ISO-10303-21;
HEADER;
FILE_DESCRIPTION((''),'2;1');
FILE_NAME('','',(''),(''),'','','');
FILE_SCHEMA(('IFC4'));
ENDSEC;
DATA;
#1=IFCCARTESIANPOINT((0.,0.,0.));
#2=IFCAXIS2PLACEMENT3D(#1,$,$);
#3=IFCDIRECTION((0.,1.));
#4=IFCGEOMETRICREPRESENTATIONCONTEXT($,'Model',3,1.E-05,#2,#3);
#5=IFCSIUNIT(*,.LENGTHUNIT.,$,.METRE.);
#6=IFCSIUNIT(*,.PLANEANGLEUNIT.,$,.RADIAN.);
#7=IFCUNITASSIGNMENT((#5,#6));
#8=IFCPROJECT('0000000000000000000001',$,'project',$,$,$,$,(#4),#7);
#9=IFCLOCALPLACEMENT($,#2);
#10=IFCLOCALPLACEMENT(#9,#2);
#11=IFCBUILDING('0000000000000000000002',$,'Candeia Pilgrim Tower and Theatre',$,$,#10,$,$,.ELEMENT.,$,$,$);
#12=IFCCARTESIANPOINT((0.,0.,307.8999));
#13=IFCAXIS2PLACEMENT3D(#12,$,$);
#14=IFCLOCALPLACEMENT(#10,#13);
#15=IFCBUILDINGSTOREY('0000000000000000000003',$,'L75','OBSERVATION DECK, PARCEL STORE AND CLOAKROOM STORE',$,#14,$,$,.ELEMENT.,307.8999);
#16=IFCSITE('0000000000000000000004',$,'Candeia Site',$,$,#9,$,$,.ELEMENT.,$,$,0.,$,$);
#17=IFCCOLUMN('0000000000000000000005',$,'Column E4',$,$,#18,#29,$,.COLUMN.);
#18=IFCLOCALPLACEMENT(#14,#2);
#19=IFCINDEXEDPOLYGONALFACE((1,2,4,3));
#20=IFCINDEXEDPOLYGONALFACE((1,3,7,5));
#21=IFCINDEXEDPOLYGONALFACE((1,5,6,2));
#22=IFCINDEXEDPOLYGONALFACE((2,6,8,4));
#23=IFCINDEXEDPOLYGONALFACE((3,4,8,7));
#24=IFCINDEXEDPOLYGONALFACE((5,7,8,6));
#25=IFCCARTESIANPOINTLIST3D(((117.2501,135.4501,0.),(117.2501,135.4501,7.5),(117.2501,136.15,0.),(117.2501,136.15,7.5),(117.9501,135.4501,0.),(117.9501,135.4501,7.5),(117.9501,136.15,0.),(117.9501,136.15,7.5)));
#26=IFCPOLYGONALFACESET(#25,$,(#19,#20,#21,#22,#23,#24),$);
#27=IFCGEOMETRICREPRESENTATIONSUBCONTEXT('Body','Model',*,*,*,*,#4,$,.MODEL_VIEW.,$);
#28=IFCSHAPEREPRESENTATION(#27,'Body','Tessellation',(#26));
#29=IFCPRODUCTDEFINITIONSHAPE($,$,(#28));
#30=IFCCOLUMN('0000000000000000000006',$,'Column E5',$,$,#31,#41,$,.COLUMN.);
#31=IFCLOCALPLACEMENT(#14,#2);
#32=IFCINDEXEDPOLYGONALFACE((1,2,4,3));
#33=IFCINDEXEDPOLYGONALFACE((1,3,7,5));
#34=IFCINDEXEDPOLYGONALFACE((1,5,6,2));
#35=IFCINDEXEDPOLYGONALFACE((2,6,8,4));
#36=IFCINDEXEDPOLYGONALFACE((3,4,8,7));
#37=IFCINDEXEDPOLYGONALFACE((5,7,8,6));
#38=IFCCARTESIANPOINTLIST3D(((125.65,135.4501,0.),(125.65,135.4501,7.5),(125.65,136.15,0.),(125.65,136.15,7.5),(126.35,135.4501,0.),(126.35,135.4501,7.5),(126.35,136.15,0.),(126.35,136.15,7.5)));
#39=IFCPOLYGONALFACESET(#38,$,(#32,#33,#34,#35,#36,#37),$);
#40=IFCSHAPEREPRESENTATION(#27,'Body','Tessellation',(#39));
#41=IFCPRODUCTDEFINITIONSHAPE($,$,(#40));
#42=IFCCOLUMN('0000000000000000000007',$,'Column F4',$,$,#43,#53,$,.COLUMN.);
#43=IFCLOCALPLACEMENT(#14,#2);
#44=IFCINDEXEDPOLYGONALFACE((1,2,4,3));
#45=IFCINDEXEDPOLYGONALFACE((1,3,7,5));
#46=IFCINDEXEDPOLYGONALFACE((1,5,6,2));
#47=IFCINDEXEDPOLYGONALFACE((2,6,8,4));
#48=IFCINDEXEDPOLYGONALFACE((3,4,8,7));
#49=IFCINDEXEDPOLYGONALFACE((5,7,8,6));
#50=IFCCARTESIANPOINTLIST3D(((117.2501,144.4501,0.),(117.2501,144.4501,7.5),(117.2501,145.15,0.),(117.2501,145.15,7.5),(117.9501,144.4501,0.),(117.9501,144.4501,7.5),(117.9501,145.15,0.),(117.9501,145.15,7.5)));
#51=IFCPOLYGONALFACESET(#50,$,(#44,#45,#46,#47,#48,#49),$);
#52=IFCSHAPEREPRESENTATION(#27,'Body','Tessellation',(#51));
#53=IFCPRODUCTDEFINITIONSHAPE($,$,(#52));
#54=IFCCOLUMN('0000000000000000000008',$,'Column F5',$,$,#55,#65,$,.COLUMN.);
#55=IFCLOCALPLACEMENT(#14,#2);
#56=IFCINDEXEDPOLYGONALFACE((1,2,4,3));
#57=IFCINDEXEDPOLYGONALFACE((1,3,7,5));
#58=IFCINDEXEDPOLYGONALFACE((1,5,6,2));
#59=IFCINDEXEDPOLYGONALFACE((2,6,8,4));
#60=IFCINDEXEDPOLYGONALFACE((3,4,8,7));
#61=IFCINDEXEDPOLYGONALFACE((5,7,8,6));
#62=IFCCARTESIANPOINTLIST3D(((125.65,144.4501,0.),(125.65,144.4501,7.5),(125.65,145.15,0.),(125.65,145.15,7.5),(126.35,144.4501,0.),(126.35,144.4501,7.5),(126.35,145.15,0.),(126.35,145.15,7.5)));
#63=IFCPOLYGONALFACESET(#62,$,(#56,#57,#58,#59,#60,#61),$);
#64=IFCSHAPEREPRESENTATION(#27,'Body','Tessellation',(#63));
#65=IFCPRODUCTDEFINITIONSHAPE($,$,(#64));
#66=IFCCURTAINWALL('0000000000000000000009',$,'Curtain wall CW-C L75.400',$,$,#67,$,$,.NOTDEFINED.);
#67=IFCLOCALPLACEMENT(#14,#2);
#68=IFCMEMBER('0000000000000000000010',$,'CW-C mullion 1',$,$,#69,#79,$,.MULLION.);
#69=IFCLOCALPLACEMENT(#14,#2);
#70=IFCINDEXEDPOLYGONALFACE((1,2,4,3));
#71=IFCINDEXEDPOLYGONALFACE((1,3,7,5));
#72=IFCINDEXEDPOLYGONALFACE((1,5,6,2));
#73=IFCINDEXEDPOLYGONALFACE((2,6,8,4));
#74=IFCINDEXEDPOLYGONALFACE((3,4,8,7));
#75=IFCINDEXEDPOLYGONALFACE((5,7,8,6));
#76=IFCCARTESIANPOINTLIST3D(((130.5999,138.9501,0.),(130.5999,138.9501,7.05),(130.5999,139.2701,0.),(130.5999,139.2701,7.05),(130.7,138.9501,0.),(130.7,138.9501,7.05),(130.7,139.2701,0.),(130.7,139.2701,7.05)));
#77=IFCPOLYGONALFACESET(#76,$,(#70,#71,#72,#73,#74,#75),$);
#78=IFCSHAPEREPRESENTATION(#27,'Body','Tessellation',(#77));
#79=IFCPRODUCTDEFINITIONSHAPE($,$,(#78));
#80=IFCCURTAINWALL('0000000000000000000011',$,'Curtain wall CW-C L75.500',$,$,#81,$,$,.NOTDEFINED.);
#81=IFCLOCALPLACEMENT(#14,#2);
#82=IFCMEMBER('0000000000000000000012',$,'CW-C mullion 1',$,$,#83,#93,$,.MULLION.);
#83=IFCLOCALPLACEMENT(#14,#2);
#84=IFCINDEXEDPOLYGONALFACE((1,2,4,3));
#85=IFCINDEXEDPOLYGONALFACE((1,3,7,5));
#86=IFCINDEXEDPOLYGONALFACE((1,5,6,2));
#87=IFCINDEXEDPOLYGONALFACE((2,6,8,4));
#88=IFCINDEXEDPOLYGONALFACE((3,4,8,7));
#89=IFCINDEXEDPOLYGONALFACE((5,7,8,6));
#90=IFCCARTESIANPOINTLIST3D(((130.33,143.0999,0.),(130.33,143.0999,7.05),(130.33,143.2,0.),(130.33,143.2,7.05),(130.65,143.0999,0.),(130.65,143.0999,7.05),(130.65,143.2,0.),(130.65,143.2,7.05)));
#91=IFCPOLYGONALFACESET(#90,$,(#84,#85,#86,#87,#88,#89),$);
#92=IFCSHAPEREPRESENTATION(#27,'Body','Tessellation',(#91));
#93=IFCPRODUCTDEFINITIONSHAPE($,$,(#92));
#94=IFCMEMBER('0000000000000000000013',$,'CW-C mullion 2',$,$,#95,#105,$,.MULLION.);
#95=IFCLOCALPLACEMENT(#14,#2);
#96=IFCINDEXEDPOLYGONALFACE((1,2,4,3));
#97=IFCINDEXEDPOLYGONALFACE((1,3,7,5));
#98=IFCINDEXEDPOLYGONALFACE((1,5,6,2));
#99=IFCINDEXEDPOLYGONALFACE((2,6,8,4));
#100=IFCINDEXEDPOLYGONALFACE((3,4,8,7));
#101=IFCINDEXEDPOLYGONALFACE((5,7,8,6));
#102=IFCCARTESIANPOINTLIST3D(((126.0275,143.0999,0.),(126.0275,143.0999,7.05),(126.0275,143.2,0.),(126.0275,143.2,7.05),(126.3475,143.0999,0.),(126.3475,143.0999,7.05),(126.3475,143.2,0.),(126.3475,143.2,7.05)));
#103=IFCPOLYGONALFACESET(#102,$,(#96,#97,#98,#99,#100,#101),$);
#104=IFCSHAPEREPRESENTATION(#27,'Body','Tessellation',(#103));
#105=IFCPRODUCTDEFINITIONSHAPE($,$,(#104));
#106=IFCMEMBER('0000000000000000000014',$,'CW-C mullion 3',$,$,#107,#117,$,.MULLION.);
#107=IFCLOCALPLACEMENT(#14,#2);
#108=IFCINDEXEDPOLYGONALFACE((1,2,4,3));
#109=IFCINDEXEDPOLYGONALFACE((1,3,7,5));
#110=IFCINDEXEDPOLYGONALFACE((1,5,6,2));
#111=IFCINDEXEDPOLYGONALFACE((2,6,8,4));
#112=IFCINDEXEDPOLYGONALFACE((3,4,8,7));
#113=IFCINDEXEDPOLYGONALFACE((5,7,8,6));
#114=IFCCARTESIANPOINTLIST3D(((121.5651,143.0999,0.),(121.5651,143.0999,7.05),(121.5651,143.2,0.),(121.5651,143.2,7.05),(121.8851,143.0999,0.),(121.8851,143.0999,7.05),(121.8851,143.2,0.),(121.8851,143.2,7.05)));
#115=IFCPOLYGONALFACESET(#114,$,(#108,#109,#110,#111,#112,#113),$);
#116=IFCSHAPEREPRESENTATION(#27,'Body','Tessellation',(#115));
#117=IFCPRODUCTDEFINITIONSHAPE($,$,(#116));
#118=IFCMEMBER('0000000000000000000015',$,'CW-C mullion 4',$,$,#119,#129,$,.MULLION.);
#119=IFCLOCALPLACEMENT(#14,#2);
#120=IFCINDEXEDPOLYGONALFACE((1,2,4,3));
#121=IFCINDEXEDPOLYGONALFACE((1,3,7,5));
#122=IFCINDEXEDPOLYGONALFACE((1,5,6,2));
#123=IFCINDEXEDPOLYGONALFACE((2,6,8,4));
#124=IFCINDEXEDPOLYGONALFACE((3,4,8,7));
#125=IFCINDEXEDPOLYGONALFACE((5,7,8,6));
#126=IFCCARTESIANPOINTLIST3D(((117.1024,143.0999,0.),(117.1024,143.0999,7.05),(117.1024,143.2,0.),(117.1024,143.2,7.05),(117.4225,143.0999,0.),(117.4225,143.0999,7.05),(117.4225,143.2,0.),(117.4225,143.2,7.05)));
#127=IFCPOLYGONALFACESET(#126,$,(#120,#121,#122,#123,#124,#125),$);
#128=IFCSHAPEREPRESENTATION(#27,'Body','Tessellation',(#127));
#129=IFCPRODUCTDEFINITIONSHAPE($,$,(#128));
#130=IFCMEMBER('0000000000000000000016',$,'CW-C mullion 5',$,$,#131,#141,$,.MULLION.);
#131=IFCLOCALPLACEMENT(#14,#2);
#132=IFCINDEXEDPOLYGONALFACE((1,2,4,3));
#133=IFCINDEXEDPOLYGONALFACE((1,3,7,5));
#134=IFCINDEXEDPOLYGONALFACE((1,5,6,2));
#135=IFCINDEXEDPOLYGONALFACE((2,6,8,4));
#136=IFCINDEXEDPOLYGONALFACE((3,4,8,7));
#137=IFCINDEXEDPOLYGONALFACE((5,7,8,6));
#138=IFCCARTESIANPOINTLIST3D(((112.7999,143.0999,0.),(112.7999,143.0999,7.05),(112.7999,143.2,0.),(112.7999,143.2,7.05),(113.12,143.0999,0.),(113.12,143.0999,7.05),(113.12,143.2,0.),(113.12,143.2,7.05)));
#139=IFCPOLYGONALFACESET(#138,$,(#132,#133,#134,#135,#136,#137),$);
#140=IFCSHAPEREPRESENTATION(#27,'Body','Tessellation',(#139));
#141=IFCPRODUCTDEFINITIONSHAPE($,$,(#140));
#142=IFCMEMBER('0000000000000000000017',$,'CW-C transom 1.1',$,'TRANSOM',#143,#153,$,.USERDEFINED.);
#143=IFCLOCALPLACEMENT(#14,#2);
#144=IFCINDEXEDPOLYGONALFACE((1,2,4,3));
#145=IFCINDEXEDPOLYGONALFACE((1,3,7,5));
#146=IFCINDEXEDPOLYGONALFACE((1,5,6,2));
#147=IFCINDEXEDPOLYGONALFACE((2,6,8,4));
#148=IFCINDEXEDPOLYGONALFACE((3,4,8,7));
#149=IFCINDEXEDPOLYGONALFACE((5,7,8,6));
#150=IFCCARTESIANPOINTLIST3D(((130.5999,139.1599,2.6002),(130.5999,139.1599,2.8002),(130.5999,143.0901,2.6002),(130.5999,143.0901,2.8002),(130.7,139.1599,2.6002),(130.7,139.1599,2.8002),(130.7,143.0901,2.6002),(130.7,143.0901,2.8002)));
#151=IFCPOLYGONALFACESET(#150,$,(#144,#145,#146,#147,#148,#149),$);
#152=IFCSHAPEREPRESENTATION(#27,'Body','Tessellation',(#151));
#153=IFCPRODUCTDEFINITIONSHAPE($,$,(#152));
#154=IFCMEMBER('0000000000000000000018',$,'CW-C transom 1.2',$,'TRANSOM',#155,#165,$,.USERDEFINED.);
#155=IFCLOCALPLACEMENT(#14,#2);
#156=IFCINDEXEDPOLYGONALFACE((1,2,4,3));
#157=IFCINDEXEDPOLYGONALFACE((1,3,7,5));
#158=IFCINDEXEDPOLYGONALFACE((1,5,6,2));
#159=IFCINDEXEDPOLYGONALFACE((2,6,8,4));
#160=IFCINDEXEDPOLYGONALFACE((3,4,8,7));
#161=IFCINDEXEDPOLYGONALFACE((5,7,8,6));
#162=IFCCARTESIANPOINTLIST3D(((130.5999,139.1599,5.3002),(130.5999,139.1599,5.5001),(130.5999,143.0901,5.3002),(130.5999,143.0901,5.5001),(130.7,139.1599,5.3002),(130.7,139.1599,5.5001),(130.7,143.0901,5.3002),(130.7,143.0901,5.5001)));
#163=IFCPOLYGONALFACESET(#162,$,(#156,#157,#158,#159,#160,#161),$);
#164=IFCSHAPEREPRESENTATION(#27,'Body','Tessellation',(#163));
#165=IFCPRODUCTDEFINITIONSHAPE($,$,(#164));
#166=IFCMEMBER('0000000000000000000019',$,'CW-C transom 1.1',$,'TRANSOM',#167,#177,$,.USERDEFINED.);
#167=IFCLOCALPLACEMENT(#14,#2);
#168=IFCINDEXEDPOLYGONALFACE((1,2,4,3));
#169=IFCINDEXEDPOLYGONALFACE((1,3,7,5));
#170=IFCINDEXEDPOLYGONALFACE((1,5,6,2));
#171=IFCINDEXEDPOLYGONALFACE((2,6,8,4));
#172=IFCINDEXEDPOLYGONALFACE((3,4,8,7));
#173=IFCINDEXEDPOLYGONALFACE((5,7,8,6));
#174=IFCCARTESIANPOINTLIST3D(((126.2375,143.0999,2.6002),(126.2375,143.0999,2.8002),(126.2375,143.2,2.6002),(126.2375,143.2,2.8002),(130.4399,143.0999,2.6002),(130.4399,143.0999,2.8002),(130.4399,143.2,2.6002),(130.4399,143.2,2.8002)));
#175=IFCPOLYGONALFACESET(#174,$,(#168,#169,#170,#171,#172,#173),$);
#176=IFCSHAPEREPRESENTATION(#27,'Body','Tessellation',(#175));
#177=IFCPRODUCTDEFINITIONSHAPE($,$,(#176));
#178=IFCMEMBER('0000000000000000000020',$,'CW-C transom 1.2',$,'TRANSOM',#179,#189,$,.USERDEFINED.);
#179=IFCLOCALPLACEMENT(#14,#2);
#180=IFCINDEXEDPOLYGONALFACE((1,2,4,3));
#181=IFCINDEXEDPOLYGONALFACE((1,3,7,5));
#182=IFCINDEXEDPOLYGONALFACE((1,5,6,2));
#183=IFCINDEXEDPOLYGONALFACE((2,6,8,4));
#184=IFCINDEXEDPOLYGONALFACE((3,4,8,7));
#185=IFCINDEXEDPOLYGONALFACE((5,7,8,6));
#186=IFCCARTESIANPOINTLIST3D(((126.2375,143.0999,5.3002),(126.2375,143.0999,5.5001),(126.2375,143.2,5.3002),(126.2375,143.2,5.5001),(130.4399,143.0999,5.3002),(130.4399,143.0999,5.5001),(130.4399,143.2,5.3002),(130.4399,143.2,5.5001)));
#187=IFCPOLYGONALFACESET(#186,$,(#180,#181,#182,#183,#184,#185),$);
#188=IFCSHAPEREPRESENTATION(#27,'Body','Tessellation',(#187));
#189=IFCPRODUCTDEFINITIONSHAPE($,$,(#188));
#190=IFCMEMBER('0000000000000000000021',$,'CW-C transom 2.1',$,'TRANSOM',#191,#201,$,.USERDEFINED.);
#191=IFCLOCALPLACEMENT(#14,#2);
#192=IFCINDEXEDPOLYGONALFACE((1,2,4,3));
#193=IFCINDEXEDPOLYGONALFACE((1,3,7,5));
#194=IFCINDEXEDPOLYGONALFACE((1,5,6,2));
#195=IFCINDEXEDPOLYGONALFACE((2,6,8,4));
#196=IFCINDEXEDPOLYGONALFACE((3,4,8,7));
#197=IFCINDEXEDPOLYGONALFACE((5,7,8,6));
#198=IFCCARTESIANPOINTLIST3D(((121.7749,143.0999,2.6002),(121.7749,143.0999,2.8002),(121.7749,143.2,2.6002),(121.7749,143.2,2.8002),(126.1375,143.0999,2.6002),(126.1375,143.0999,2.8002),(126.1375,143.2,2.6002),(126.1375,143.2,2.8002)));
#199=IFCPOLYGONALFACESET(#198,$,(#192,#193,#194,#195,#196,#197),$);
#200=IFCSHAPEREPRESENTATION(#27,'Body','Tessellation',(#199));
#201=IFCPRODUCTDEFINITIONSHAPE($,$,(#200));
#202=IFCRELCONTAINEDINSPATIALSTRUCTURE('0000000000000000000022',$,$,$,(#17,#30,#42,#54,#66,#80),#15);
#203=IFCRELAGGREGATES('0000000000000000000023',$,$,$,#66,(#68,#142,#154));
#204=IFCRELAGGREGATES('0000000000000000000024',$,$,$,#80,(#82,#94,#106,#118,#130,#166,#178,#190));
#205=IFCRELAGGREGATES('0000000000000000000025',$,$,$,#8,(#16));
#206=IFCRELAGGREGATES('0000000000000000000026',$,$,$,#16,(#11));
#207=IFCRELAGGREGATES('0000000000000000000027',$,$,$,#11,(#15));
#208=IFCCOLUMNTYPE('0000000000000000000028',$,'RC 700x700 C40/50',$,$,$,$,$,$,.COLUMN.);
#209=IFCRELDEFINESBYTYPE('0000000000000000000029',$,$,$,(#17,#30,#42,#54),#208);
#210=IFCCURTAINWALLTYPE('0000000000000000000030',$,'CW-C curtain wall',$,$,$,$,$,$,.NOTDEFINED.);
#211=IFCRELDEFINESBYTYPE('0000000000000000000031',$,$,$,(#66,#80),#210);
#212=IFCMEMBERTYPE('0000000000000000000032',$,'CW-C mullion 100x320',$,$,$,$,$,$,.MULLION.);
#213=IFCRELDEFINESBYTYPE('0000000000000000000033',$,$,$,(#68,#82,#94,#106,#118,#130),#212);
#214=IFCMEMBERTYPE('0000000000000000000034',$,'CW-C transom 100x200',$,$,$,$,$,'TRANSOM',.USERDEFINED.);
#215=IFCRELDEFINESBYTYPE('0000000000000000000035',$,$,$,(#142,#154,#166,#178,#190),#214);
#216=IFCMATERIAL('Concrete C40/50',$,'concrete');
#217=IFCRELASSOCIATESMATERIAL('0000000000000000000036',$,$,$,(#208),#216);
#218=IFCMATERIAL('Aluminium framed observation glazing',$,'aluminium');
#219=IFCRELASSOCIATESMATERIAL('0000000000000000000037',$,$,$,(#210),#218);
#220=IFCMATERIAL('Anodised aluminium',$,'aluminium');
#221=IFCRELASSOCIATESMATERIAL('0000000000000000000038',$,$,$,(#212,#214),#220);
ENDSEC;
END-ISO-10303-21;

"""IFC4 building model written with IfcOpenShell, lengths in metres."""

from ifc_helpers import new_model, si_unit, direction, frame, origin, origin_2d, place, context, subcontext, project, spatial, rectangle, extrude, material, material_profile, profile_set, type_object, element, aggregate, save


model = new_model("IFC4")

# Units and contexts
model_context = context("Model", 3, precision=1e-05, world=origin(), true_north=direction((0.0, 1.0)))
body_context = subcontext(model_context, "Body", "Model", "MODEL_VIEW")
ifc_project = project(units=[si_unit("LENGTHUNIT", "METRE"), si_unit("PLANEANGLEUNIT", "RADIAN")], contexts=[model_context])

# Site, building, storey
site_placement = place(None, origin())
site = spatial("IfcSite", under=ifc_project, at=site_placement, Name="Candeia Site", CompositionType="ELEMENT", RefElevation=0.0)
building_placement = place(site_placement, origin())
building = spatial("IfcBuilding", under=site, at=building_placement, Name="Candeia Pilgrim Tower and Theatre", CompositionType="ELEMENT")
storey_placement = place(building_placement, frame((0.0, 0.0, 307.8999)))
storey = spatial("IfcBuildingStorey", under=building, at=storey_placement, Name="L75", Description="OBSERVATION DECK, PARCEL STORE AND CLOAKROOM STORE", CompositionType="ELEMENT", Elevation=307.8999)

# Columns
ifc_material_1 = material(Name="Concrete C40/50", Category="concrete")
ifc_material_profile_1 = material_profile(ifc_material_1, rectangle(XDim=0.7, YDim=0.7, at=origin_2d()))
ifc_profile_set_1 = profile_set([ifc_material_profile_1], Name="Concrete C40/50")
column_type = type_object("IfcColumnType", Name="RC 700x700 C40/50", PredefinedType="COLUMN", material=ifc_profile_set_1)
for number, where, z_axis, x_axis, name in (
    (1, (117.6001, 135.8, 0.0), (0.0, 0.0, 1.0), (1.0, 0.0, 0.0), "Column E4"),
    (2, (126.0, 135.8, 0.0), (0.0, 0.0, 1.0), (1.0, 0.0, 0.0), "Column E5"),
    (3, (117.6001, 144.8, 0.0), (0.0, 0.0, 1.0), (1.0, 0.0, 0.0), "Column F4"),
    (4, (126.0, 144.8, 0.0), (0.0, 0.0, 1.0), (1.0, 0.0, 0.0), "Column F5"),
):
    element("IfcColumn", number, at=place(storey_placement, frame(where, z_axis=z_axis, x_axis=x_axis)), inside=storey, type_object=column_type, Name=name, PredefinedType="COLUMN", context=body_context, shape_type="SweptSolid", body=[
        extrude(rectangle(XDim=0.7, YDim=0.7, at=origin_2d()), origin(), (0.0, 0.0, 1.0), 7.5),
    ])

# Curtain wall, member
ifc_material_2 = material(Name="Aluminium framed observation glazing", Category="aluminium")
curtain_wall_type = type_object("IfcCurtainWallType", Name="CW-C curtain wall", PredefinedType="NOTDEFINED", material=ifc_material_2)
curtain_wall_1_placement = place(storey_placement, origin())
curtain_wall_1 = element("IfcCurtainWall", 5, at=curtain_wall_1_placement, inside=storey, type_object=curtain_wall_type, Name="Curtain wall CW-C L75.400", PredefinedType="NOTDEFINED")
ifc_material_3 = material(Name="Anodised aluminium", Category="aluminium")
ifc_material_profile_2 = material_profile(ifc_material_3, rectangle(XDim=0.1001, YDim=0.3201, at=origin_2d()))
ifc_profile_set_2 = profile_set([ifc_material_profile_2], Name="Anodised aluminium")
member_type_1 = type_object("IfcMemberType", Name="CW-C mullion 100x320", PredefinedType="MULLION", material=ifc_profile_set_2)
member_1_placement = place(storey_placement, frame((130.6499, 139.1101, 0.0), z_axis=(0.0, 0.0, 1.0), x_axis=(-1.0, 0.0, 0.0)))
member_1 = element("IfcMember", 6, at=member_1_placement, type_object=member_type_1, Name="CW-C mullion 1", PredefinedType="MULLION", context=body_context, shape_type="SweptSolid", body=[
    extrude(rectangle(XDim=0.1001, YDim=0.3201, at=origin_2d()), origin(), (0.0, 0.0, 1.0), 7.05),
])

# Curtain wall, members
curtain_wall_2_placement = place(storey_placement, origin())
curtain_wall_2 = element("IfcCurtainWall", 7, at=curtain_wall_2_placement, inside=storey, type_object=curtain_wall_type, Name="Curtain wall CW-C L75.500", PredefinedType="NOTDEFINED")
member_2_placement = place(storey_placement, frame((130.49, 143.1499, 0.0), z_axis=(0.0, 0.0, 1.0), x_axis=(0.0, -1.0, 0.0)))
member_2 = element("IfcMember", 8, at=member_2_placement, type_object=member_type_1, Name="CW-C mullion 1", PredefinedType="MULLION", context=body_context, shape_type="SweptSolid", body=[
    extrude(rectangle(XDim=0.1001, YDim=0.3201, at=origin_2d()), origin(), (0.0, 0.0, 1.0), 7.05),
])
member_3_placement = place(storey_placement, frame((126.1875, 143.1499, 0.0), z_axis=(0.0, 0.0, 1.0), x_axis=(0.0, -1.0, 0.0)))
member_3 = element("IfcMember", 9, at=member_3_placement, type_object=member_type_1, Name="CW-C mullion 2", PredefinedType="MULLION", context=body_context, shape_type="SweptSolid", body=[
    extrude(rectangle(XDim=0.1001, YDim=0.3201, at=origin_2d()), origin(), (0.0, 0.0, 1.0), 7.05),
])
member_4_placement = place(storey_placement, frame((121.7251, 143.1499, 0.0), z_axis=(0.0, 0.0, 1.0), x_axis=(0.0, -1.0, 0.0)))
member_4 = element("IfcMember", 10, at=member_4_placement, type_object=member_type_1, Name="CW-C mullion 3", PredefinedType="MULLION", context=body_context, shape_type="SweptSolid", body=[
    extrude(rectangle(XDim=0.1001, YDim=0.3201, at=origin_2d()), origin(), (0.0, 0.0, 1.0), 7.05),
])
member_5_placement = place(storey_placement, frame((117.2625, 143.1499, 0.0), z_axis=(0.0, 0.0, 1.0), x_axis=(0.0, -1.0, 0.0)))
member_5 = element("IfcMember", 11, at=member_5_placement, type_object=member_type_1, Name="CW-C mullion 4", PredefinedType="MULLION", context=body_context, shape_type="SweptSolid", body=[
    extrude(rectangle(XDim=0.1001, YDim=0.3201, at=origin_2d()), origin(), (0.0, 0.0, 1.0), 7.05),
])
member_6_placement = place(storey_placement, frame((112.96, 143.1499, 0.0), z_axis=(0.0, 0.0, 1.0), x_axis=(0.0, -1.0, 0.0)))
member_6 = element("IfcMember", 12, at=member_6_placement, type_object=member_type_1, Name="CW-C mullion 5", PredefinedType="MULLION", context=body_context, shape_type="SweptSolid", body=[
    extrude(rectangle(XDim=0.1001, YDim=0.3201, at=origin_2d()), origin(), (0.0, 0.0, 1.0), 7.05),
])

# Members
ifc_material_profile_3 = material_profile(ifc_material_3, rectangle(XDim=0.1001, YDim=0.2, at=origin_2d()))
ifc_profile_set_3 = profile_set([ifc_material_profile_3], Name="Anodised aluminium")
member_type_2 = type_object("IfcMemberType", Name="CW-C transom 100x200", ElementType="TRANSOM", PredefinedType="USERDEFINED", material=ifc_profile_set_3)
member_7_placement = place(storey_placement, frame((130.6499, 139.1599, 2.7002), z_axis=(0.0, 1.0, 0.0), x_axis=(-1.0, 0.0, 0.0)))
member_7 = element("IfcMember", 13, at=member_7_placement, type_object=member_type_2, Name="CW-C transom 1.1", ObjectType="TRANSOM", PredefinedType="USERDEFINED", context=body_context, shape_type="SweptSolid", body=[
    extrude(rectangle(XDim=0.1001, YDim=0.2, at=origin_2d()), origin(), (0.0, 0.0, 1.0), 3.9302),
])
member_8_placement = place(storey_placement, frame((130.6499, 139.1599, 5.4001), z_axis=(0.0, 1.0, 0.0), x_axis=(-1.0, 0.0, 0.0)))
member_8 = element("IfcMember", 14, at=member_8_placement, type_object=member_type_2, Name="CW-C transom 1.2", ObjectType="TRANSOM", PredefinedType="USERDEFINED", context=body_context, shape_type="SweptSolid", body=[
    extrude(rectangle(XDim=0.1001, YDim=0.2, at=origin_2d()), origin(), (0.0, 0.0, 1.0), 3.9302),
])
aggregate(curtain_wall_1, [member_1, member_7, member_8])
member_9_placement = place(storey_placement, frame((130.4399, 143.1499, 2.7002), z_axis=(-1.0, 0.0, 0.0), x_axis=(0.0, -1.0, 0.0)))
member_9 = element("IfcMember", 15, at=member_9_placement, type_object=member_type_2, Name="CW-C transom 1.1", ObjectType="TRANSOM", PredefinedType="USERDEFINED", context=body_context, shape_type="SweptSolid", body=[
    extrude(rectangle(XDim=0.1001, YDim=0.2, at=origin_2d()), origin(), (0.0, 0.0, 1.0), 4.2024),
])
member_10_placement = place(storey_placement, frame((130.4399, 143.1499, 5.4001), z_axis=(-1.0, 0.0, 0.0), x_axis=(0.0, -1.0, 0.0)))
member_10 = element("IfcMember", 16, at=member_10_placement, type_object=member_type_2, Name="CW-C transom 1.2", ObjectType="TRANSOM", PredefinedType="USERDEFINED", context=body_context, shape_type="SweptSolid", body=[
    extrude(rectangle(XDim=0.1001, YDim=0.2, at=origin_2d()), origin(), (0.0, 0.0, 1.0), 4.2024),
])
member_11_placement = place(storey_placement, frame((126.1375, 143.1499, 2.7002), z_axis=(-1.0, 0.0, 0.0), x_axis=(0.0, -1.0, 0.0)))
member_11 = element("IfcMember", 17, at=member_11_placement, type_object=member_type_2, Name="CW-C transom 2.1", ObjectType="TRANSOM", PredefinedType="USERDEFINED", context=body_context, shape_type="SweptSolid", body=[
    extrude(rectangle(XDim=0.1001, YDim=0.2, at=origin_2d()), origin(), (0.0, 0.0, 1.0), 4.3625),
])

aggregate(curtain_wall_2, [member_2, member_3, member_4, member_5, member_6, member_9, member_10, member_11])

save(model, "model.ifc")
